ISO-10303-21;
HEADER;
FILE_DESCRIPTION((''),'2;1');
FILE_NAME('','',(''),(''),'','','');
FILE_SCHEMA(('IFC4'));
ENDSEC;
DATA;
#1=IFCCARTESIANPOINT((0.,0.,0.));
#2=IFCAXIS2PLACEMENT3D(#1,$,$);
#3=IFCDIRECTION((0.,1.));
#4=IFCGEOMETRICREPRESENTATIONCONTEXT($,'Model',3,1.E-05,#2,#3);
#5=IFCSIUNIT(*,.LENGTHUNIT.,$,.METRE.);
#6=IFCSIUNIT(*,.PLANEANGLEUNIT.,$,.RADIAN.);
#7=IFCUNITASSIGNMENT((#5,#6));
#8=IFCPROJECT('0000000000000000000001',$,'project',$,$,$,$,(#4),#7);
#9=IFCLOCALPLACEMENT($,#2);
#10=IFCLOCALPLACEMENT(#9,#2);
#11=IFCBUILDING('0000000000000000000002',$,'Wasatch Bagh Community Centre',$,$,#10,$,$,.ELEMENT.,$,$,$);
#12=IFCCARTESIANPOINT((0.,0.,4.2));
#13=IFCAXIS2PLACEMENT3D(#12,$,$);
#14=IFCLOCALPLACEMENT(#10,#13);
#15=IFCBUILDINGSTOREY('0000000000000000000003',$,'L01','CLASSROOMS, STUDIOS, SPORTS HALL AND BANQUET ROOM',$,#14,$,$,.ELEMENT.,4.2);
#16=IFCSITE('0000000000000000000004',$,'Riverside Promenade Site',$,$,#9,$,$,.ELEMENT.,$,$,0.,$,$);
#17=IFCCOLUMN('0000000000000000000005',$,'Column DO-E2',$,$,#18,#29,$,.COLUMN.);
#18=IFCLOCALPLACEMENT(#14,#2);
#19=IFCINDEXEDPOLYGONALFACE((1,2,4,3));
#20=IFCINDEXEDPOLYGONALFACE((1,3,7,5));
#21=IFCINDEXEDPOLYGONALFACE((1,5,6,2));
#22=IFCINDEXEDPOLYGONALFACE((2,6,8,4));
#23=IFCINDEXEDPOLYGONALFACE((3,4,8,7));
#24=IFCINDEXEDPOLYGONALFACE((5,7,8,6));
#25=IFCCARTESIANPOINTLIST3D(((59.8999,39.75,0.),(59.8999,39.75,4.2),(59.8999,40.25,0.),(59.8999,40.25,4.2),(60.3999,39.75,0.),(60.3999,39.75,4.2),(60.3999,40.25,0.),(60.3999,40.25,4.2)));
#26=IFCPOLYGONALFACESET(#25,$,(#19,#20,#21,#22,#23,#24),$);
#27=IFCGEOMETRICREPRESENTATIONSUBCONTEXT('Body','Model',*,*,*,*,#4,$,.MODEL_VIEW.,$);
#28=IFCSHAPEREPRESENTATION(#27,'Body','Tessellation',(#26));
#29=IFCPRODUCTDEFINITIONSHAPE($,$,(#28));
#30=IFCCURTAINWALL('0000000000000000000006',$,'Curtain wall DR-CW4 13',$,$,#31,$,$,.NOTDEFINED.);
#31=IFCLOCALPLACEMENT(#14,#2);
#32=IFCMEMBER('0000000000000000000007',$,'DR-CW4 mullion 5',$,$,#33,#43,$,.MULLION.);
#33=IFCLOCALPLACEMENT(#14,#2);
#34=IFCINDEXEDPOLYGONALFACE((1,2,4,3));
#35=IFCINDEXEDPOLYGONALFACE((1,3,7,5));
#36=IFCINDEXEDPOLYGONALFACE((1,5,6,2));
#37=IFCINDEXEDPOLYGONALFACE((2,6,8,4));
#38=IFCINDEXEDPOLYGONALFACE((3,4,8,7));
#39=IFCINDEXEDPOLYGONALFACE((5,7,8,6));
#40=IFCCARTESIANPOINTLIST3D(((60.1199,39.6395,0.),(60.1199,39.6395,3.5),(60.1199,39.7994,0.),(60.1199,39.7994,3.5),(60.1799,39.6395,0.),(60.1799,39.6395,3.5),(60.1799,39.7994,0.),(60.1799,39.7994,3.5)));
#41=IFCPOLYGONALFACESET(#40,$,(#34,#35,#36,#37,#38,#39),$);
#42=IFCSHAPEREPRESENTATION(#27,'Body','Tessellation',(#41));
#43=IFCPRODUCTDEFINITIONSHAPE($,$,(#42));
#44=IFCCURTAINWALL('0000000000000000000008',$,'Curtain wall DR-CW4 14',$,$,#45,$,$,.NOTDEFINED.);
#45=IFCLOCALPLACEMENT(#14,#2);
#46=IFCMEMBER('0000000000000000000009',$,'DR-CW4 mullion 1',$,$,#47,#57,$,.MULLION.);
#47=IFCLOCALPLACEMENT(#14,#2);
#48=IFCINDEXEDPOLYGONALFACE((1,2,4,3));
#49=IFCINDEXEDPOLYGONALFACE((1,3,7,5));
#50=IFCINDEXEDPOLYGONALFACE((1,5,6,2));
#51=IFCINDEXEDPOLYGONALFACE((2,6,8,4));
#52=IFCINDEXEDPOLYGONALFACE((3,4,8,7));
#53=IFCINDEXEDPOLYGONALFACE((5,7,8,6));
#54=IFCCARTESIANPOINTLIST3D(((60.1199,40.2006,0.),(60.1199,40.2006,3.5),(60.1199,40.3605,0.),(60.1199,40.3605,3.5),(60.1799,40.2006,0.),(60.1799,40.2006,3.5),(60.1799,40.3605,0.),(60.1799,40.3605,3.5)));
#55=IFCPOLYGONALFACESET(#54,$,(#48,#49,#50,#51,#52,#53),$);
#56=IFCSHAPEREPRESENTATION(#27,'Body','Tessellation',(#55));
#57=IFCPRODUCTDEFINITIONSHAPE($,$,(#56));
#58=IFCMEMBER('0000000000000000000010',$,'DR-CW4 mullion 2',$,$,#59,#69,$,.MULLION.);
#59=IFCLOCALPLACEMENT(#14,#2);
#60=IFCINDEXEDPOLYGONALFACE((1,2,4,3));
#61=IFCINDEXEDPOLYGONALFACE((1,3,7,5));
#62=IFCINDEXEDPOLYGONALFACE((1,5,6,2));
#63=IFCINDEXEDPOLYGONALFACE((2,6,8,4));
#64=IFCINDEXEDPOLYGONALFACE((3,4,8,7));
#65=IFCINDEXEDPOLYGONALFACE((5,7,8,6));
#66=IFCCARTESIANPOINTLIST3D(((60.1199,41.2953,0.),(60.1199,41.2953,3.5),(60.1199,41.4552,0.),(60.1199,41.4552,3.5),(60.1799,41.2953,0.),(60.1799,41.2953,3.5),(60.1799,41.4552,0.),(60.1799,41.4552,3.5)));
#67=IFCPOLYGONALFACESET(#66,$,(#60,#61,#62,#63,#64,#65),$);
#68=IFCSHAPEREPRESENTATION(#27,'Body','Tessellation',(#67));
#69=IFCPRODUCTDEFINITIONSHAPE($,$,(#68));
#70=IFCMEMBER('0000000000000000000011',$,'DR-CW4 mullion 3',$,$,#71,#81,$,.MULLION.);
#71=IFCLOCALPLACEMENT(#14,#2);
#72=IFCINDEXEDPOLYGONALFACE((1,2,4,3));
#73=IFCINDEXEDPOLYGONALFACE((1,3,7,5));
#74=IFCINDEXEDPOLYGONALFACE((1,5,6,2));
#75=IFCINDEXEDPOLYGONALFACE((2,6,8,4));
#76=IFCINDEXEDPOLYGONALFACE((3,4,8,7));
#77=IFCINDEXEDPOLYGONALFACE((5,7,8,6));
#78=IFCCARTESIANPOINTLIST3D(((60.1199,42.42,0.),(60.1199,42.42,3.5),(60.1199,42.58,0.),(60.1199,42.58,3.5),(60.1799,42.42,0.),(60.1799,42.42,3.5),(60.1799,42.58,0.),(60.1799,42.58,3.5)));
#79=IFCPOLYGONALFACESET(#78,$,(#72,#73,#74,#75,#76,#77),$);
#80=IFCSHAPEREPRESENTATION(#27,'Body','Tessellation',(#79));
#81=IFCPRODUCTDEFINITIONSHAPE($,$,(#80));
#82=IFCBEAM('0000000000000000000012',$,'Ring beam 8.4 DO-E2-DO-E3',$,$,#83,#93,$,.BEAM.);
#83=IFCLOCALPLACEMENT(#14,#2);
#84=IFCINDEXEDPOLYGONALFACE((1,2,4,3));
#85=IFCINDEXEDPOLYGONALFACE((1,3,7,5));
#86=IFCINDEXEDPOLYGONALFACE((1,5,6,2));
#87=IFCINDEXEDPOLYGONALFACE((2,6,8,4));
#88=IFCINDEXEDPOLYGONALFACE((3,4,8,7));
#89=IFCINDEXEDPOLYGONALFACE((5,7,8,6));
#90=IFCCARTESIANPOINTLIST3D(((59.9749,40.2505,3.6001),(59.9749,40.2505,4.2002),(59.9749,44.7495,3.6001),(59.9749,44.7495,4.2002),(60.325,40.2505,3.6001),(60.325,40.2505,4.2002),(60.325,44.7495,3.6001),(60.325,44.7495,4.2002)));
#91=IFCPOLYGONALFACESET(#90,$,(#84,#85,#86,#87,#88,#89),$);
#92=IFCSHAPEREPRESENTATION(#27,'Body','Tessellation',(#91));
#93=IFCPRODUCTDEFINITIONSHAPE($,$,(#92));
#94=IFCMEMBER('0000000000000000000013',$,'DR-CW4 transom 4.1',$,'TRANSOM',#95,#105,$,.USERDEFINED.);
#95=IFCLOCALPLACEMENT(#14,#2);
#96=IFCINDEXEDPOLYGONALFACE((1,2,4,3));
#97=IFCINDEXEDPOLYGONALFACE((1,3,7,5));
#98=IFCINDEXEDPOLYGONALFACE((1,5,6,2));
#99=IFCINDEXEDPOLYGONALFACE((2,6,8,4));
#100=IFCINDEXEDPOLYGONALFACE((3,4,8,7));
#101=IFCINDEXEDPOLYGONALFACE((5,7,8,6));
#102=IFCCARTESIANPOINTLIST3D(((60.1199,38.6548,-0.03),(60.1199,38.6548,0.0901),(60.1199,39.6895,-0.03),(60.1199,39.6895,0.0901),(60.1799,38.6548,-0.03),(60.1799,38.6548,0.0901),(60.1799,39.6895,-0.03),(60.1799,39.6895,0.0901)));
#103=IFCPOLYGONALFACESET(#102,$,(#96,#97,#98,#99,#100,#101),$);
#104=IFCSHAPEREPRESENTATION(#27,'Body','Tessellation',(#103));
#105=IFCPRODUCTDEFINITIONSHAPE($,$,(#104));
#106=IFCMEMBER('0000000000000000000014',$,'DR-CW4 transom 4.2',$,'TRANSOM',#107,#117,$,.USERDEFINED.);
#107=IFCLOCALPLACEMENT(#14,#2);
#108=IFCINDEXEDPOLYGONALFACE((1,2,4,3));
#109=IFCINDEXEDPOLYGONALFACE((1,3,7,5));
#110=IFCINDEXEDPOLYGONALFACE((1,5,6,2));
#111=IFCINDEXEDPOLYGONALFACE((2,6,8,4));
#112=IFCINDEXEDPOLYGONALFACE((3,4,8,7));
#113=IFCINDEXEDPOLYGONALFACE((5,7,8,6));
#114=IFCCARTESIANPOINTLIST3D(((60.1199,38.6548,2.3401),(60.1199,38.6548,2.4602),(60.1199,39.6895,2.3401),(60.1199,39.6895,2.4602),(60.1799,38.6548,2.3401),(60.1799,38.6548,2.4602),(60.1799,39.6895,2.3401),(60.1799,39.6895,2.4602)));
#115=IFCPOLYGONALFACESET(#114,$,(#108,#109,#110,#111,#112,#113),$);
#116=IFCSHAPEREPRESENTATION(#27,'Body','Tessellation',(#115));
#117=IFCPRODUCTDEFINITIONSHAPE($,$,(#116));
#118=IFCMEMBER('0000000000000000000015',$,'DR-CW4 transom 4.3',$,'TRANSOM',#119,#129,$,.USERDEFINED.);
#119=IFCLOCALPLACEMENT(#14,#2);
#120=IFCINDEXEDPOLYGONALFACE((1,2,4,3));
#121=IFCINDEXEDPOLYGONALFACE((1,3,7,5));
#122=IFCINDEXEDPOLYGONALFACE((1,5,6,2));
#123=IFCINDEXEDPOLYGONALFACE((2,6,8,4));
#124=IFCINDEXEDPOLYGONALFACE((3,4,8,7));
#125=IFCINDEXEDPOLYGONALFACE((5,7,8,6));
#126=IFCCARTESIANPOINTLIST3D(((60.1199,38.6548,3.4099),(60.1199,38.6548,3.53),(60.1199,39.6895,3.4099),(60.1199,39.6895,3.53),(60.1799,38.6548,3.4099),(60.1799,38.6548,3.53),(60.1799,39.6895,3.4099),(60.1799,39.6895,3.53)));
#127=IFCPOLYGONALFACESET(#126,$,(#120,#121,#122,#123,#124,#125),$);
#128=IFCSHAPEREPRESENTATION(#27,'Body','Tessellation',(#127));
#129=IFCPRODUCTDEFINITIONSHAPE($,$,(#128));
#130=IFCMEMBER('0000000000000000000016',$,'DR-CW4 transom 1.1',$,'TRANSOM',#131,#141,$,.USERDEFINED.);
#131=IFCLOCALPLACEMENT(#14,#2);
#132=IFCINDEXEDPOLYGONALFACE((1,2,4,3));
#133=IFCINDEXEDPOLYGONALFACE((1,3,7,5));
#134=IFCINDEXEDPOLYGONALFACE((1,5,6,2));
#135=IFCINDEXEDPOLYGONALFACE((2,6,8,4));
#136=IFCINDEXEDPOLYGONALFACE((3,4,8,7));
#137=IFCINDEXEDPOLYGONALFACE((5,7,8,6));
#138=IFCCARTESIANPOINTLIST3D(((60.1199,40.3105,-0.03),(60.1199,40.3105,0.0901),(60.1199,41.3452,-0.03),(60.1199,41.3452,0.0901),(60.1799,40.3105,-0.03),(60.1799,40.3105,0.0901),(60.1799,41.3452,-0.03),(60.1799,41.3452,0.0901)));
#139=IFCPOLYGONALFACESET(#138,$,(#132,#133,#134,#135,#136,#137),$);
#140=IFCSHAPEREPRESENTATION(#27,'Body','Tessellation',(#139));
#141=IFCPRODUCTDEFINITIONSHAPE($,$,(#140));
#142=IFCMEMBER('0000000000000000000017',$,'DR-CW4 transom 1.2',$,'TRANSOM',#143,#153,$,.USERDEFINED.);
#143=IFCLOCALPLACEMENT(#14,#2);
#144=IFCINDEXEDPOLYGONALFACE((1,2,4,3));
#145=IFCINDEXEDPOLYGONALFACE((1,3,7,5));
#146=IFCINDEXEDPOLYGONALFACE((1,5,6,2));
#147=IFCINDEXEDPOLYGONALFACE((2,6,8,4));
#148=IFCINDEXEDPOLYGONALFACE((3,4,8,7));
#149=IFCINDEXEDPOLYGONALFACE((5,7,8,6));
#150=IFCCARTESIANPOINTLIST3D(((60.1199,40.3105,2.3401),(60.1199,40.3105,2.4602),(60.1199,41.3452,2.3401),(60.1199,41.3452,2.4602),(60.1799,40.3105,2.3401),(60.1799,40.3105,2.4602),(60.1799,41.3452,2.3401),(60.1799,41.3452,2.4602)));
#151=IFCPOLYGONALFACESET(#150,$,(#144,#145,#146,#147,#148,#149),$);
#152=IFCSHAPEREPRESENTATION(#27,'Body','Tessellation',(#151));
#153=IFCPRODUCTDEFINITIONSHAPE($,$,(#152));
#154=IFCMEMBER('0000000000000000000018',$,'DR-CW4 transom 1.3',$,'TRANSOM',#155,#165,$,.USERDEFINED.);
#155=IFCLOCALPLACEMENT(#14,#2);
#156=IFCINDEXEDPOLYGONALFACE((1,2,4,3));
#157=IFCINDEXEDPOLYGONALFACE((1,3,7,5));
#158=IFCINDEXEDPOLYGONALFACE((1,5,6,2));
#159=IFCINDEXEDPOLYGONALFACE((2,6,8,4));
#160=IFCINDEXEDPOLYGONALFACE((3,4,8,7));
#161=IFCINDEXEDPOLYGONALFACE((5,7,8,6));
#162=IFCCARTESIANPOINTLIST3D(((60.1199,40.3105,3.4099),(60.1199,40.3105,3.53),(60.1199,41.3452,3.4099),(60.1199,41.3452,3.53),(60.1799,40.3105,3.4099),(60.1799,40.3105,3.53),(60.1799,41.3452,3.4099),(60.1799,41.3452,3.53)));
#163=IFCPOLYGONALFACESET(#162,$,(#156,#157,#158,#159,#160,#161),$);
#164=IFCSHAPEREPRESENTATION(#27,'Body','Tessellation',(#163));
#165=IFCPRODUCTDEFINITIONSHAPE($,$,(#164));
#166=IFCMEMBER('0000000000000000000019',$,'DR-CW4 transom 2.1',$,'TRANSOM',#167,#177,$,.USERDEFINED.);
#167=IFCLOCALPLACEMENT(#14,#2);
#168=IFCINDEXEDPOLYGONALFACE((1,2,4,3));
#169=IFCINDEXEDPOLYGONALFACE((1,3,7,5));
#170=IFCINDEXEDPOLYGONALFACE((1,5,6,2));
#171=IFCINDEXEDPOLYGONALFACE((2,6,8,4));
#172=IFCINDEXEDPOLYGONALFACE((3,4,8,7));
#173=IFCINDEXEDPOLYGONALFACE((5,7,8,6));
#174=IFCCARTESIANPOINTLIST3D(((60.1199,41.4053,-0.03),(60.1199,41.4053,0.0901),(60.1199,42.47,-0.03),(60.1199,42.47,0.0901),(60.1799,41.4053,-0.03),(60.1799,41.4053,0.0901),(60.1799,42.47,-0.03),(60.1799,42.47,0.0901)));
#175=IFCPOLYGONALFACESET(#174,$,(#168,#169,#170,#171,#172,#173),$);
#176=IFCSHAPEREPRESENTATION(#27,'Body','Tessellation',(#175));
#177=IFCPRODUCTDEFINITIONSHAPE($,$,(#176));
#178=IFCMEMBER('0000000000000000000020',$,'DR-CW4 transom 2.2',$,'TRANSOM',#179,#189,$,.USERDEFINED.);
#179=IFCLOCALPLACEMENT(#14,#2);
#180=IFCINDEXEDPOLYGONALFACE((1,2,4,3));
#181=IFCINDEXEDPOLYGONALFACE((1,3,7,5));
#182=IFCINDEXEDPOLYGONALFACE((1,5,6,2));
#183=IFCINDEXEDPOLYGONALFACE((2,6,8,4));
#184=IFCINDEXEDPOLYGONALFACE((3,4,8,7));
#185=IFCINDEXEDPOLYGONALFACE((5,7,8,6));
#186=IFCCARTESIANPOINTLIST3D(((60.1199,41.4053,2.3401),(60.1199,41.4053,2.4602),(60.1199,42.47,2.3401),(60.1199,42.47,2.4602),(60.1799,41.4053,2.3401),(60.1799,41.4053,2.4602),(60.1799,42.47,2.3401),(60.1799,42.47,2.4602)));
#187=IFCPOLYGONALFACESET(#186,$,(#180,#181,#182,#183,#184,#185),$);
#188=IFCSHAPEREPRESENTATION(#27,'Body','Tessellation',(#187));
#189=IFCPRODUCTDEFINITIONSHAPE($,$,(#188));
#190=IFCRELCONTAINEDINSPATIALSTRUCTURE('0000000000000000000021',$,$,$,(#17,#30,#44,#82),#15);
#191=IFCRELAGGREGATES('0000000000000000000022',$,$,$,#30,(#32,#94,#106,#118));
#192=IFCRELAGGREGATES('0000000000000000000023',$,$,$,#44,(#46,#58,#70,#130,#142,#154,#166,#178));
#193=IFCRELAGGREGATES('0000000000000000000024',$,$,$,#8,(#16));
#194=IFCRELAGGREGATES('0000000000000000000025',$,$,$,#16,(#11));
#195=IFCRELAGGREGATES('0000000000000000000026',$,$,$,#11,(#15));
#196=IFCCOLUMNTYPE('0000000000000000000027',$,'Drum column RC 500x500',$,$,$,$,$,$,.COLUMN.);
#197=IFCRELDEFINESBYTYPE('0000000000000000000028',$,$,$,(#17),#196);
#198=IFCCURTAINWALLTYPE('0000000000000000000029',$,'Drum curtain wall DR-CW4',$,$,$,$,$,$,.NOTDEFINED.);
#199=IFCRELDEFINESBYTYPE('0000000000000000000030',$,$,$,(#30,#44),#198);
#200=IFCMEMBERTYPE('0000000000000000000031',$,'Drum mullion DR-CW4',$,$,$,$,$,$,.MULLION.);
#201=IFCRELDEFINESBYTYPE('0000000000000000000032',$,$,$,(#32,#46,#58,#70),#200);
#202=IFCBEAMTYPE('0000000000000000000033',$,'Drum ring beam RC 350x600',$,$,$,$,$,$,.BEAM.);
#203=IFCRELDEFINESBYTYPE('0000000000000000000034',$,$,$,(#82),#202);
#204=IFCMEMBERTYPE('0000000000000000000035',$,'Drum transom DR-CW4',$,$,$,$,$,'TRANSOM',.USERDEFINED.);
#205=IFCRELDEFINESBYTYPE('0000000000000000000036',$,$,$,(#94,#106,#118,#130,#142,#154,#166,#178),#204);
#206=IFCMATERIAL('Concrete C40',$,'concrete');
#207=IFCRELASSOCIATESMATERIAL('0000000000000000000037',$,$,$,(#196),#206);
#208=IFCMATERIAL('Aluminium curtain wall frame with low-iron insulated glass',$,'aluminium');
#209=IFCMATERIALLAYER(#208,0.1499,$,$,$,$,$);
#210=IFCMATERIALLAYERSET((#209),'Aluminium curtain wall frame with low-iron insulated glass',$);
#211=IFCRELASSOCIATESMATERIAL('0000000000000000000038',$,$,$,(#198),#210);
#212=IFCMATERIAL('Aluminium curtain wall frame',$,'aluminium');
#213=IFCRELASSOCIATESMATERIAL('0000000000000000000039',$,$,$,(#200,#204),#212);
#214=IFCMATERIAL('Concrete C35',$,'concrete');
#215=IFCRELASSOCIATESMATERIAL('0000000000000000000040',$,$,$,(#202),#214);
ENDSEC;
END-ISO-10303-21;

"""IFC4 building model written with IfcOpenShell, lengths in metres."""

from ifc_helpers import new_model, si_unit, direction, frame, origin, origin_2d, place, context, subcontext, project, spatial, rectangle, extrude, material, layer, layer_set, material_profile, profile_set, type_object, element, aggregate, save


model = new_model("IFC4")

# Units and contexts
model_context = context("Model", 3, precision=1e-05, world=origin(), true_north=direction((0.0, 1.0)))
body_context = subcontext(model_context, "Body", "Model", "MODEL_VIEW")
ifc_project = project(units=[si_unit("LENGTHUNIT", "METRE"), si_unit("PLANEANGLEUNIT", "RADIAN")], contexts=[model_context])

# Site, building, storey
site_placement = place(None, origin())
site = spatial("IfcSite", under=ifc_project, at=site_placement, Name="Riverside Promenade Site", CompositionType="ELEMENT", RefElevation=0.0)
building_placement = place(site_placement, origin())
building = spatial("IfcBuilding", under=site, at=building_placement, Name="Wasatch Bagh Community Centre", CompositionType="ELEMENT")
storey_placement = place(building_placement, frame((0.0, 0.0, 4.2)))
storey = spatial("IfcBuildingStorey", under=building, at=storey_placement, Name="L01", Description="CLASSROOMS, STUDIOS, SPORTS HALL AND BANQUET ROOM", CompositionType="ELEMENT", Elevation=4.2)

# Column
ifc_material_1 = material(Name="Concrete C40", Category="concrete")
ifc_material_profile_1 = material_profile(ifc_material_1, rectangle(XDim=0.5, YDim=0.5, at=origin_2d()), Name="RC 500x500")
ifc_profile_set_1 = profile_set([ifc_material_profile_1], Name="Concrete C40")
column_type = type_object("IfcColumnType", Name="Drum column RC 500x500", PredefinedType="COLUMN", material=ifc_profile_set_1)
column_placement = place(storey_placement, frame((60.1499, 40.0, 0.0), z_axis=(0.0, 0.0, 1.0), x_axis=(1.0, 0.0, 0.0)))
element("IfcColumn", 1, at=column_placement, inside=storey, type_object=column_type, Name="Column DO-E2", PredefinedType="COLUMN", context=body_context, shape_type="SweptSolid", body=[
    extrude(rectangle(XDim=0.5, YDim=0.5, at=origin_2d()), origin(), (0.0, 0.0, 1.0), 4.2),
])

# Curtain wall, member
ifc_material_2 = material(Name="Aluminium curtain wall frame with low-iron insulated glass", Category="aluminium")
ifc_layer_1 = layer(ifc_material_2, 0.1499)
ifc_layer_set_1 = layer_set([ifc_layer_1], Name="Aluminium curtain wall frame with low-iron insulated glass")
curtain_wall_type = type_object("IfcCurtainWallType", Name="Drum curtain wall DR-CW4", PredefinedType="NOTDEFINED", material=ifc_layer_set_1)
curtain_wall_1_placement = place(storey_placement, origin())
curtain_wall_1 = element("IfcCurtainWall", 2, at=curtain_wall_1_placement, inside=storey, type_object=curtain_wall_type, Name="Curtain wall DR-CW4 13", PredefinedType="NOTDEFINED")
ifc_material_3 = material(Name="Aluminium curtain wall frame", Category="aluminium")
ifc_material_profile_2 = material_profile(ifc_material_3, rectangle(XDim=0.0601, YDim=0.1599, at=origin_2d()), Name="Drum mullion DR-CW4")
ifc_profile_set_2 = profile_set([ifc_material_profile_2], Name="Aluminium curtain wall frame")
member_type_1 = type_object("IfcMemberType", Name="Drum mullion DR-CW4", PredefinedType="MULLION", material=ifc_profile_set_2)
member_1_placement = place(storey_placement, frame((60.1499, 39.7195, 0.0), z_axis=(0.0, 0.0, 1.0), x_axis=(-1.0, 0.0, 0.0)))
member_1 = element("IfcMember", 3, at=member_1_placement, type_object=member_type_1, Name="DR-CW4 mullion 5", PredefinedType="MULLION", context=body_context, shape_type="SweptSolid", body=[
    extrude(rectangle(XDim=0.0601, YDim=0.1599, at=origin_2d()), origin(), (0.0, 0.0, 1.0), 3.5),
])

# Curtain wall, members
curtain_wall_2_placement = place(storey_placement, origin())
curtain_wall_2 = element("IfcCurtainWall", 4, at=curtain_wall_2_placement, inside=storey, type_object=curtain_wall_type, Name="Curtain wall DR-CW4 14", PredefinedType="NOTDEFINED")
member_2_placement = place(storey_placement, frame((60.1499, 40.2805, 0.0), z_axis=(0.0, 0.0, 1.0), x_axis=(-1.0, 0.0, 0.0)))
member_2 = element("IfcMember", 5, at=member_2_placement, type_object=member_type_1, Name="DR-CW4 mullion 1", PredefinedType="MULLION", context=body_context, shape_type="SweptSolid", body=[
    extrude(rectangle(XDim=0.0601, YDim=0.1599, at=origin_2d()), origin(), (0.0, 0.0, 1.0), 3.5),
])
member_3_placement = place(storey_placement, frame((60.1499, 41.3752, 0.0), z_axis=(0.0, 0.0, 1.0), x_axis=(-1.0, 0.0, 0.0)))
member_3 = element("IfcMember", 6, at=member_3_placement, type_object=member_type_1, Name="DR-CW4 mullion 2", PredefinedType="MULLION", context=body_context, shape_type="SweptSolid", body=[
    extrude(rectangle(XDim=0.0601, YDim=0.1599, at=origin_2d()), origin(), (0.0, 0.0, 1.0), 3.5),
])
member_4_placement = place(storey_placement, frame((60.1499, 42.5, 0.0), z_axis=(0.0, 0.0, 1.0), x_axis=(-1.0, 0.0, 0.0)))
member_4 = element("IfcMember", 7, at=member_4_placement, type_object=member_type_1, Name="DR-CW4 mullion 3", PredefinedType="MULLION", context=body_context, shape_type="SweptSolid", body=[
    extrude(rectangle(XDim=0.0601, YDim=0.1599, at=origin_2d()), origin(), (0.0, 0.0, 1.0), 3.5),
])

# Beam
ifc_material_4 = material(Name="Concrete C35", Category="concrete")
ifc_material_profile_3 = material_profile(ifc_material_4, rectangle(XDim=0.3501, YDim=0.6001, at=origin_2d()), Name="RC 350x600")
ifc_profile_set_3 = profile_set([ifc_material_profile_3], Name="Concrete C35")
beam_type = type_object("IfcBeamType", Name="Drum ring beam RC 350x600", PredefinedType="BEAM", material=ifc_profile_set_3)
beam_placement = place(storey_placement, frame((60.1499, 40.2505, 3.9001), z_axis=(0.0, 1.0, 0.0), x_axis=(-1.0, 0.0, 0.0)))
element("IfcBeam", 8, at=beam_placement, inside=storey, type_object=beam_type, Name="Ring beam 8.4 DO-E2-DO-E3", PredefinedType="BEAM", context=body_context, shape_type="SweptSolid", body=[
    extrude(rectangle(XDim=0.3501, YDim=0.6001, at=origin_2d()), origin(), (0.0, 0.0, 1.0), 4.499),
])

# Members
ifc_material_profile_4 = material_profile(ifc_material_3, rectangle(XDim=0.0601, YDim=0.1201, at=origin_2d()), Name="Drum transom DR-CW4")
ifc_profile_set_4 = profile_set([ifc_material_profile_4], Name="Aluminium curtain wall frame")
member_type_2 = type_object("IfcMemberType", Name="Drum transom DR-CW4", ElementType="TRANSOM", PredefinedType="USERDEFINED", material=ifc_profile_set_4)
member_5_placement = place(storey_placement, frame((60.1499, 38.6548, 0.03), z_axis=(0.0, 1.0, 0.0), x_axis=(-1.0, 0.0, 0.0)))
member_5 = element("IfcMember", 9, at=member_5_placement, type_object=member_type_2, Name="DR-CW4 transom 4.1", ObjectType="TRANSOM", PredefinedType="USERDEFINED", context=body_context, shape_type="SweptSolid", body=[
    extrude(rectangle(XDim=0.0601, YDim=0.1201, at=origin_2d()), origin(), (0.0, 0.0, 1.0), 1.0347),
])
member_6_placement = place(storey_placement, frame((60.1499, 38.6548, 2.4001), z_axis=(0.0, 1.0, 0.0), x_axis=(-1.0, 0.0, 0.0)))
member_6 = element("IfcMember", 10, at=member_6_placement, type_object=member_type_2, Name="DR-CW4 transom 4.2", ObjectType="TRANSOM", PredefinedType="USERDEFINED", context=body_context, shape_type="SweptSolid", body=[
    extrude(rectangle(XDim=0.0601, YDim=0.1201, at=origin_2d()), origin(), (0.0, 0.0, 1.0), 1.0347),
])
member_7_placement = place(storey_placement, frame((60.1499, 38.6548, 3.47), z_axis=(0.0, 1.0, 0.0), x_axis=(-1.0, 0.0, 0.0)))
member_7 = element("IfcMember", 11, at=member_7_placement, type_object=member_type_2, Name="DR-CW4 transom 4.3", ObjectType="TRANSOM", PredefinedType="USERDEFINED", context=body_context, shape_type="SweptSolid", body=[
    extrude(rectangle(XDim=0.0601, YDim=0.1201, at=origin_2d()), origin(), (0.0, 0.0, 1.0), 1.0347),
])
member_8_placement = place(storey_placement, frame((60.1499, 40.3105, 0.03), z_axis=(0.0, 1.0, 0.0), x_axis=(-1.0, 0.0, 0.0)))
member_8 = element("IfcMember", 12, at=member_8_placement, type_object=member_type_2, Name="DR-CW4 transom 1.1", ObjectType="TRANSOM", PredefinedType="USERDEFINED", context=body_context, shape_type="SweptSolid", body=[
    extrude(rectangle(XDim=0.0601, YDim=0.1201, at=origin_2d()), origin(), (0.0, 0.0, 1.0), 1.0347),
])
member_9_placement = place(storey_placement, frame((60.1499, 40.3105, 2.4001), z_axis=(0.0, 1.0, 0.0), x_axis=(-1.0, 0.0, 0.0)))
member_9 = element("IfcMember", 13, at=member_9_placement, type_object=member_type_2, Name="DR-CW4 transom 1.2", ObjectType="TRANSOM", PredefinedType="USERDEFINED", context=body_context, shape_type="SweptSolid", body=[
    extrude(rectangle(XDim=0.0601, YDim=0.1201, at=origin_2d()), origin(), (0.0, 0.0, 1.0), 1.0347),
])
member_10_placement = place(storey_placement, frame((60.1499, 40.3105, 3.47), z_axis=(0.0, 1.0, 0.0), x_axis=(-1.0, 0.0, 0.0)))
member_10 = element("IfcMember", 14, at=member_10_placement, type_object=member_type_2, Name="DR-CW4 transom 1.3", ObjectType="TRANSOM", PredefinedType="USERDEFINED", context=body_context, shape_type="SweptSolid", body=[
    extrude(rectangle(XDim=0.0601, YDim=0.1201, at=origin_2d()), origin(), (0.0, 0.0, 1.0), 1.0347),
])
member_11_placement = place(storey_placement, frame((60.1499, 41.4053, 0.03), z_axis=(0.0, 1.0, 0.0), x_axis=(-1.0, 0.0, 0.0)))
member_11 = element("IfcMember", 15, at=member_11_placement, type_object=member_type_2, Name="DR-CW4 transom 2.1", ObjectType="TRANSOM", PredefinedType="USERDEFINED", context=body_context, shape_type="SweptSolid", body=[
    extrude(rectangle(XDim=0.0601, YDim=0.1201, at=origin_2d()), origin(), (0.0, 0.0, 1.0), 1.0647),
])
member_12_placement = place(storey_placement, frame((60.1499, 41.4053, 2.4001), z_axis=(0.0, 1.0, 0.0), x_axis=(-1.0, 0.0, 0.0)))
member_12 = element("IfcMember", 16, at=member_12_placement, type_object=member_type_2, Name="DR-CW4 transom 2.2", ObjectType="TRANSOM", PredefinedType="USERDEFINED", context=body_context, shape_type="SweptSolid", body=[
    extrude(rectangle(XDim=0.0601, YDim=0.1201, at=origin_2d()), origin(), (0.0, 0.0, 1.0), 1.0647),
])

aggregate(curtain_wall_1, [member_1, member_5, member_6, member_7])
aggregate(curtain_wall_2, [member_2, member_3, member_4, member_8, member_9, member_10, member_11, member_12])

save(model, "model.ifc")
